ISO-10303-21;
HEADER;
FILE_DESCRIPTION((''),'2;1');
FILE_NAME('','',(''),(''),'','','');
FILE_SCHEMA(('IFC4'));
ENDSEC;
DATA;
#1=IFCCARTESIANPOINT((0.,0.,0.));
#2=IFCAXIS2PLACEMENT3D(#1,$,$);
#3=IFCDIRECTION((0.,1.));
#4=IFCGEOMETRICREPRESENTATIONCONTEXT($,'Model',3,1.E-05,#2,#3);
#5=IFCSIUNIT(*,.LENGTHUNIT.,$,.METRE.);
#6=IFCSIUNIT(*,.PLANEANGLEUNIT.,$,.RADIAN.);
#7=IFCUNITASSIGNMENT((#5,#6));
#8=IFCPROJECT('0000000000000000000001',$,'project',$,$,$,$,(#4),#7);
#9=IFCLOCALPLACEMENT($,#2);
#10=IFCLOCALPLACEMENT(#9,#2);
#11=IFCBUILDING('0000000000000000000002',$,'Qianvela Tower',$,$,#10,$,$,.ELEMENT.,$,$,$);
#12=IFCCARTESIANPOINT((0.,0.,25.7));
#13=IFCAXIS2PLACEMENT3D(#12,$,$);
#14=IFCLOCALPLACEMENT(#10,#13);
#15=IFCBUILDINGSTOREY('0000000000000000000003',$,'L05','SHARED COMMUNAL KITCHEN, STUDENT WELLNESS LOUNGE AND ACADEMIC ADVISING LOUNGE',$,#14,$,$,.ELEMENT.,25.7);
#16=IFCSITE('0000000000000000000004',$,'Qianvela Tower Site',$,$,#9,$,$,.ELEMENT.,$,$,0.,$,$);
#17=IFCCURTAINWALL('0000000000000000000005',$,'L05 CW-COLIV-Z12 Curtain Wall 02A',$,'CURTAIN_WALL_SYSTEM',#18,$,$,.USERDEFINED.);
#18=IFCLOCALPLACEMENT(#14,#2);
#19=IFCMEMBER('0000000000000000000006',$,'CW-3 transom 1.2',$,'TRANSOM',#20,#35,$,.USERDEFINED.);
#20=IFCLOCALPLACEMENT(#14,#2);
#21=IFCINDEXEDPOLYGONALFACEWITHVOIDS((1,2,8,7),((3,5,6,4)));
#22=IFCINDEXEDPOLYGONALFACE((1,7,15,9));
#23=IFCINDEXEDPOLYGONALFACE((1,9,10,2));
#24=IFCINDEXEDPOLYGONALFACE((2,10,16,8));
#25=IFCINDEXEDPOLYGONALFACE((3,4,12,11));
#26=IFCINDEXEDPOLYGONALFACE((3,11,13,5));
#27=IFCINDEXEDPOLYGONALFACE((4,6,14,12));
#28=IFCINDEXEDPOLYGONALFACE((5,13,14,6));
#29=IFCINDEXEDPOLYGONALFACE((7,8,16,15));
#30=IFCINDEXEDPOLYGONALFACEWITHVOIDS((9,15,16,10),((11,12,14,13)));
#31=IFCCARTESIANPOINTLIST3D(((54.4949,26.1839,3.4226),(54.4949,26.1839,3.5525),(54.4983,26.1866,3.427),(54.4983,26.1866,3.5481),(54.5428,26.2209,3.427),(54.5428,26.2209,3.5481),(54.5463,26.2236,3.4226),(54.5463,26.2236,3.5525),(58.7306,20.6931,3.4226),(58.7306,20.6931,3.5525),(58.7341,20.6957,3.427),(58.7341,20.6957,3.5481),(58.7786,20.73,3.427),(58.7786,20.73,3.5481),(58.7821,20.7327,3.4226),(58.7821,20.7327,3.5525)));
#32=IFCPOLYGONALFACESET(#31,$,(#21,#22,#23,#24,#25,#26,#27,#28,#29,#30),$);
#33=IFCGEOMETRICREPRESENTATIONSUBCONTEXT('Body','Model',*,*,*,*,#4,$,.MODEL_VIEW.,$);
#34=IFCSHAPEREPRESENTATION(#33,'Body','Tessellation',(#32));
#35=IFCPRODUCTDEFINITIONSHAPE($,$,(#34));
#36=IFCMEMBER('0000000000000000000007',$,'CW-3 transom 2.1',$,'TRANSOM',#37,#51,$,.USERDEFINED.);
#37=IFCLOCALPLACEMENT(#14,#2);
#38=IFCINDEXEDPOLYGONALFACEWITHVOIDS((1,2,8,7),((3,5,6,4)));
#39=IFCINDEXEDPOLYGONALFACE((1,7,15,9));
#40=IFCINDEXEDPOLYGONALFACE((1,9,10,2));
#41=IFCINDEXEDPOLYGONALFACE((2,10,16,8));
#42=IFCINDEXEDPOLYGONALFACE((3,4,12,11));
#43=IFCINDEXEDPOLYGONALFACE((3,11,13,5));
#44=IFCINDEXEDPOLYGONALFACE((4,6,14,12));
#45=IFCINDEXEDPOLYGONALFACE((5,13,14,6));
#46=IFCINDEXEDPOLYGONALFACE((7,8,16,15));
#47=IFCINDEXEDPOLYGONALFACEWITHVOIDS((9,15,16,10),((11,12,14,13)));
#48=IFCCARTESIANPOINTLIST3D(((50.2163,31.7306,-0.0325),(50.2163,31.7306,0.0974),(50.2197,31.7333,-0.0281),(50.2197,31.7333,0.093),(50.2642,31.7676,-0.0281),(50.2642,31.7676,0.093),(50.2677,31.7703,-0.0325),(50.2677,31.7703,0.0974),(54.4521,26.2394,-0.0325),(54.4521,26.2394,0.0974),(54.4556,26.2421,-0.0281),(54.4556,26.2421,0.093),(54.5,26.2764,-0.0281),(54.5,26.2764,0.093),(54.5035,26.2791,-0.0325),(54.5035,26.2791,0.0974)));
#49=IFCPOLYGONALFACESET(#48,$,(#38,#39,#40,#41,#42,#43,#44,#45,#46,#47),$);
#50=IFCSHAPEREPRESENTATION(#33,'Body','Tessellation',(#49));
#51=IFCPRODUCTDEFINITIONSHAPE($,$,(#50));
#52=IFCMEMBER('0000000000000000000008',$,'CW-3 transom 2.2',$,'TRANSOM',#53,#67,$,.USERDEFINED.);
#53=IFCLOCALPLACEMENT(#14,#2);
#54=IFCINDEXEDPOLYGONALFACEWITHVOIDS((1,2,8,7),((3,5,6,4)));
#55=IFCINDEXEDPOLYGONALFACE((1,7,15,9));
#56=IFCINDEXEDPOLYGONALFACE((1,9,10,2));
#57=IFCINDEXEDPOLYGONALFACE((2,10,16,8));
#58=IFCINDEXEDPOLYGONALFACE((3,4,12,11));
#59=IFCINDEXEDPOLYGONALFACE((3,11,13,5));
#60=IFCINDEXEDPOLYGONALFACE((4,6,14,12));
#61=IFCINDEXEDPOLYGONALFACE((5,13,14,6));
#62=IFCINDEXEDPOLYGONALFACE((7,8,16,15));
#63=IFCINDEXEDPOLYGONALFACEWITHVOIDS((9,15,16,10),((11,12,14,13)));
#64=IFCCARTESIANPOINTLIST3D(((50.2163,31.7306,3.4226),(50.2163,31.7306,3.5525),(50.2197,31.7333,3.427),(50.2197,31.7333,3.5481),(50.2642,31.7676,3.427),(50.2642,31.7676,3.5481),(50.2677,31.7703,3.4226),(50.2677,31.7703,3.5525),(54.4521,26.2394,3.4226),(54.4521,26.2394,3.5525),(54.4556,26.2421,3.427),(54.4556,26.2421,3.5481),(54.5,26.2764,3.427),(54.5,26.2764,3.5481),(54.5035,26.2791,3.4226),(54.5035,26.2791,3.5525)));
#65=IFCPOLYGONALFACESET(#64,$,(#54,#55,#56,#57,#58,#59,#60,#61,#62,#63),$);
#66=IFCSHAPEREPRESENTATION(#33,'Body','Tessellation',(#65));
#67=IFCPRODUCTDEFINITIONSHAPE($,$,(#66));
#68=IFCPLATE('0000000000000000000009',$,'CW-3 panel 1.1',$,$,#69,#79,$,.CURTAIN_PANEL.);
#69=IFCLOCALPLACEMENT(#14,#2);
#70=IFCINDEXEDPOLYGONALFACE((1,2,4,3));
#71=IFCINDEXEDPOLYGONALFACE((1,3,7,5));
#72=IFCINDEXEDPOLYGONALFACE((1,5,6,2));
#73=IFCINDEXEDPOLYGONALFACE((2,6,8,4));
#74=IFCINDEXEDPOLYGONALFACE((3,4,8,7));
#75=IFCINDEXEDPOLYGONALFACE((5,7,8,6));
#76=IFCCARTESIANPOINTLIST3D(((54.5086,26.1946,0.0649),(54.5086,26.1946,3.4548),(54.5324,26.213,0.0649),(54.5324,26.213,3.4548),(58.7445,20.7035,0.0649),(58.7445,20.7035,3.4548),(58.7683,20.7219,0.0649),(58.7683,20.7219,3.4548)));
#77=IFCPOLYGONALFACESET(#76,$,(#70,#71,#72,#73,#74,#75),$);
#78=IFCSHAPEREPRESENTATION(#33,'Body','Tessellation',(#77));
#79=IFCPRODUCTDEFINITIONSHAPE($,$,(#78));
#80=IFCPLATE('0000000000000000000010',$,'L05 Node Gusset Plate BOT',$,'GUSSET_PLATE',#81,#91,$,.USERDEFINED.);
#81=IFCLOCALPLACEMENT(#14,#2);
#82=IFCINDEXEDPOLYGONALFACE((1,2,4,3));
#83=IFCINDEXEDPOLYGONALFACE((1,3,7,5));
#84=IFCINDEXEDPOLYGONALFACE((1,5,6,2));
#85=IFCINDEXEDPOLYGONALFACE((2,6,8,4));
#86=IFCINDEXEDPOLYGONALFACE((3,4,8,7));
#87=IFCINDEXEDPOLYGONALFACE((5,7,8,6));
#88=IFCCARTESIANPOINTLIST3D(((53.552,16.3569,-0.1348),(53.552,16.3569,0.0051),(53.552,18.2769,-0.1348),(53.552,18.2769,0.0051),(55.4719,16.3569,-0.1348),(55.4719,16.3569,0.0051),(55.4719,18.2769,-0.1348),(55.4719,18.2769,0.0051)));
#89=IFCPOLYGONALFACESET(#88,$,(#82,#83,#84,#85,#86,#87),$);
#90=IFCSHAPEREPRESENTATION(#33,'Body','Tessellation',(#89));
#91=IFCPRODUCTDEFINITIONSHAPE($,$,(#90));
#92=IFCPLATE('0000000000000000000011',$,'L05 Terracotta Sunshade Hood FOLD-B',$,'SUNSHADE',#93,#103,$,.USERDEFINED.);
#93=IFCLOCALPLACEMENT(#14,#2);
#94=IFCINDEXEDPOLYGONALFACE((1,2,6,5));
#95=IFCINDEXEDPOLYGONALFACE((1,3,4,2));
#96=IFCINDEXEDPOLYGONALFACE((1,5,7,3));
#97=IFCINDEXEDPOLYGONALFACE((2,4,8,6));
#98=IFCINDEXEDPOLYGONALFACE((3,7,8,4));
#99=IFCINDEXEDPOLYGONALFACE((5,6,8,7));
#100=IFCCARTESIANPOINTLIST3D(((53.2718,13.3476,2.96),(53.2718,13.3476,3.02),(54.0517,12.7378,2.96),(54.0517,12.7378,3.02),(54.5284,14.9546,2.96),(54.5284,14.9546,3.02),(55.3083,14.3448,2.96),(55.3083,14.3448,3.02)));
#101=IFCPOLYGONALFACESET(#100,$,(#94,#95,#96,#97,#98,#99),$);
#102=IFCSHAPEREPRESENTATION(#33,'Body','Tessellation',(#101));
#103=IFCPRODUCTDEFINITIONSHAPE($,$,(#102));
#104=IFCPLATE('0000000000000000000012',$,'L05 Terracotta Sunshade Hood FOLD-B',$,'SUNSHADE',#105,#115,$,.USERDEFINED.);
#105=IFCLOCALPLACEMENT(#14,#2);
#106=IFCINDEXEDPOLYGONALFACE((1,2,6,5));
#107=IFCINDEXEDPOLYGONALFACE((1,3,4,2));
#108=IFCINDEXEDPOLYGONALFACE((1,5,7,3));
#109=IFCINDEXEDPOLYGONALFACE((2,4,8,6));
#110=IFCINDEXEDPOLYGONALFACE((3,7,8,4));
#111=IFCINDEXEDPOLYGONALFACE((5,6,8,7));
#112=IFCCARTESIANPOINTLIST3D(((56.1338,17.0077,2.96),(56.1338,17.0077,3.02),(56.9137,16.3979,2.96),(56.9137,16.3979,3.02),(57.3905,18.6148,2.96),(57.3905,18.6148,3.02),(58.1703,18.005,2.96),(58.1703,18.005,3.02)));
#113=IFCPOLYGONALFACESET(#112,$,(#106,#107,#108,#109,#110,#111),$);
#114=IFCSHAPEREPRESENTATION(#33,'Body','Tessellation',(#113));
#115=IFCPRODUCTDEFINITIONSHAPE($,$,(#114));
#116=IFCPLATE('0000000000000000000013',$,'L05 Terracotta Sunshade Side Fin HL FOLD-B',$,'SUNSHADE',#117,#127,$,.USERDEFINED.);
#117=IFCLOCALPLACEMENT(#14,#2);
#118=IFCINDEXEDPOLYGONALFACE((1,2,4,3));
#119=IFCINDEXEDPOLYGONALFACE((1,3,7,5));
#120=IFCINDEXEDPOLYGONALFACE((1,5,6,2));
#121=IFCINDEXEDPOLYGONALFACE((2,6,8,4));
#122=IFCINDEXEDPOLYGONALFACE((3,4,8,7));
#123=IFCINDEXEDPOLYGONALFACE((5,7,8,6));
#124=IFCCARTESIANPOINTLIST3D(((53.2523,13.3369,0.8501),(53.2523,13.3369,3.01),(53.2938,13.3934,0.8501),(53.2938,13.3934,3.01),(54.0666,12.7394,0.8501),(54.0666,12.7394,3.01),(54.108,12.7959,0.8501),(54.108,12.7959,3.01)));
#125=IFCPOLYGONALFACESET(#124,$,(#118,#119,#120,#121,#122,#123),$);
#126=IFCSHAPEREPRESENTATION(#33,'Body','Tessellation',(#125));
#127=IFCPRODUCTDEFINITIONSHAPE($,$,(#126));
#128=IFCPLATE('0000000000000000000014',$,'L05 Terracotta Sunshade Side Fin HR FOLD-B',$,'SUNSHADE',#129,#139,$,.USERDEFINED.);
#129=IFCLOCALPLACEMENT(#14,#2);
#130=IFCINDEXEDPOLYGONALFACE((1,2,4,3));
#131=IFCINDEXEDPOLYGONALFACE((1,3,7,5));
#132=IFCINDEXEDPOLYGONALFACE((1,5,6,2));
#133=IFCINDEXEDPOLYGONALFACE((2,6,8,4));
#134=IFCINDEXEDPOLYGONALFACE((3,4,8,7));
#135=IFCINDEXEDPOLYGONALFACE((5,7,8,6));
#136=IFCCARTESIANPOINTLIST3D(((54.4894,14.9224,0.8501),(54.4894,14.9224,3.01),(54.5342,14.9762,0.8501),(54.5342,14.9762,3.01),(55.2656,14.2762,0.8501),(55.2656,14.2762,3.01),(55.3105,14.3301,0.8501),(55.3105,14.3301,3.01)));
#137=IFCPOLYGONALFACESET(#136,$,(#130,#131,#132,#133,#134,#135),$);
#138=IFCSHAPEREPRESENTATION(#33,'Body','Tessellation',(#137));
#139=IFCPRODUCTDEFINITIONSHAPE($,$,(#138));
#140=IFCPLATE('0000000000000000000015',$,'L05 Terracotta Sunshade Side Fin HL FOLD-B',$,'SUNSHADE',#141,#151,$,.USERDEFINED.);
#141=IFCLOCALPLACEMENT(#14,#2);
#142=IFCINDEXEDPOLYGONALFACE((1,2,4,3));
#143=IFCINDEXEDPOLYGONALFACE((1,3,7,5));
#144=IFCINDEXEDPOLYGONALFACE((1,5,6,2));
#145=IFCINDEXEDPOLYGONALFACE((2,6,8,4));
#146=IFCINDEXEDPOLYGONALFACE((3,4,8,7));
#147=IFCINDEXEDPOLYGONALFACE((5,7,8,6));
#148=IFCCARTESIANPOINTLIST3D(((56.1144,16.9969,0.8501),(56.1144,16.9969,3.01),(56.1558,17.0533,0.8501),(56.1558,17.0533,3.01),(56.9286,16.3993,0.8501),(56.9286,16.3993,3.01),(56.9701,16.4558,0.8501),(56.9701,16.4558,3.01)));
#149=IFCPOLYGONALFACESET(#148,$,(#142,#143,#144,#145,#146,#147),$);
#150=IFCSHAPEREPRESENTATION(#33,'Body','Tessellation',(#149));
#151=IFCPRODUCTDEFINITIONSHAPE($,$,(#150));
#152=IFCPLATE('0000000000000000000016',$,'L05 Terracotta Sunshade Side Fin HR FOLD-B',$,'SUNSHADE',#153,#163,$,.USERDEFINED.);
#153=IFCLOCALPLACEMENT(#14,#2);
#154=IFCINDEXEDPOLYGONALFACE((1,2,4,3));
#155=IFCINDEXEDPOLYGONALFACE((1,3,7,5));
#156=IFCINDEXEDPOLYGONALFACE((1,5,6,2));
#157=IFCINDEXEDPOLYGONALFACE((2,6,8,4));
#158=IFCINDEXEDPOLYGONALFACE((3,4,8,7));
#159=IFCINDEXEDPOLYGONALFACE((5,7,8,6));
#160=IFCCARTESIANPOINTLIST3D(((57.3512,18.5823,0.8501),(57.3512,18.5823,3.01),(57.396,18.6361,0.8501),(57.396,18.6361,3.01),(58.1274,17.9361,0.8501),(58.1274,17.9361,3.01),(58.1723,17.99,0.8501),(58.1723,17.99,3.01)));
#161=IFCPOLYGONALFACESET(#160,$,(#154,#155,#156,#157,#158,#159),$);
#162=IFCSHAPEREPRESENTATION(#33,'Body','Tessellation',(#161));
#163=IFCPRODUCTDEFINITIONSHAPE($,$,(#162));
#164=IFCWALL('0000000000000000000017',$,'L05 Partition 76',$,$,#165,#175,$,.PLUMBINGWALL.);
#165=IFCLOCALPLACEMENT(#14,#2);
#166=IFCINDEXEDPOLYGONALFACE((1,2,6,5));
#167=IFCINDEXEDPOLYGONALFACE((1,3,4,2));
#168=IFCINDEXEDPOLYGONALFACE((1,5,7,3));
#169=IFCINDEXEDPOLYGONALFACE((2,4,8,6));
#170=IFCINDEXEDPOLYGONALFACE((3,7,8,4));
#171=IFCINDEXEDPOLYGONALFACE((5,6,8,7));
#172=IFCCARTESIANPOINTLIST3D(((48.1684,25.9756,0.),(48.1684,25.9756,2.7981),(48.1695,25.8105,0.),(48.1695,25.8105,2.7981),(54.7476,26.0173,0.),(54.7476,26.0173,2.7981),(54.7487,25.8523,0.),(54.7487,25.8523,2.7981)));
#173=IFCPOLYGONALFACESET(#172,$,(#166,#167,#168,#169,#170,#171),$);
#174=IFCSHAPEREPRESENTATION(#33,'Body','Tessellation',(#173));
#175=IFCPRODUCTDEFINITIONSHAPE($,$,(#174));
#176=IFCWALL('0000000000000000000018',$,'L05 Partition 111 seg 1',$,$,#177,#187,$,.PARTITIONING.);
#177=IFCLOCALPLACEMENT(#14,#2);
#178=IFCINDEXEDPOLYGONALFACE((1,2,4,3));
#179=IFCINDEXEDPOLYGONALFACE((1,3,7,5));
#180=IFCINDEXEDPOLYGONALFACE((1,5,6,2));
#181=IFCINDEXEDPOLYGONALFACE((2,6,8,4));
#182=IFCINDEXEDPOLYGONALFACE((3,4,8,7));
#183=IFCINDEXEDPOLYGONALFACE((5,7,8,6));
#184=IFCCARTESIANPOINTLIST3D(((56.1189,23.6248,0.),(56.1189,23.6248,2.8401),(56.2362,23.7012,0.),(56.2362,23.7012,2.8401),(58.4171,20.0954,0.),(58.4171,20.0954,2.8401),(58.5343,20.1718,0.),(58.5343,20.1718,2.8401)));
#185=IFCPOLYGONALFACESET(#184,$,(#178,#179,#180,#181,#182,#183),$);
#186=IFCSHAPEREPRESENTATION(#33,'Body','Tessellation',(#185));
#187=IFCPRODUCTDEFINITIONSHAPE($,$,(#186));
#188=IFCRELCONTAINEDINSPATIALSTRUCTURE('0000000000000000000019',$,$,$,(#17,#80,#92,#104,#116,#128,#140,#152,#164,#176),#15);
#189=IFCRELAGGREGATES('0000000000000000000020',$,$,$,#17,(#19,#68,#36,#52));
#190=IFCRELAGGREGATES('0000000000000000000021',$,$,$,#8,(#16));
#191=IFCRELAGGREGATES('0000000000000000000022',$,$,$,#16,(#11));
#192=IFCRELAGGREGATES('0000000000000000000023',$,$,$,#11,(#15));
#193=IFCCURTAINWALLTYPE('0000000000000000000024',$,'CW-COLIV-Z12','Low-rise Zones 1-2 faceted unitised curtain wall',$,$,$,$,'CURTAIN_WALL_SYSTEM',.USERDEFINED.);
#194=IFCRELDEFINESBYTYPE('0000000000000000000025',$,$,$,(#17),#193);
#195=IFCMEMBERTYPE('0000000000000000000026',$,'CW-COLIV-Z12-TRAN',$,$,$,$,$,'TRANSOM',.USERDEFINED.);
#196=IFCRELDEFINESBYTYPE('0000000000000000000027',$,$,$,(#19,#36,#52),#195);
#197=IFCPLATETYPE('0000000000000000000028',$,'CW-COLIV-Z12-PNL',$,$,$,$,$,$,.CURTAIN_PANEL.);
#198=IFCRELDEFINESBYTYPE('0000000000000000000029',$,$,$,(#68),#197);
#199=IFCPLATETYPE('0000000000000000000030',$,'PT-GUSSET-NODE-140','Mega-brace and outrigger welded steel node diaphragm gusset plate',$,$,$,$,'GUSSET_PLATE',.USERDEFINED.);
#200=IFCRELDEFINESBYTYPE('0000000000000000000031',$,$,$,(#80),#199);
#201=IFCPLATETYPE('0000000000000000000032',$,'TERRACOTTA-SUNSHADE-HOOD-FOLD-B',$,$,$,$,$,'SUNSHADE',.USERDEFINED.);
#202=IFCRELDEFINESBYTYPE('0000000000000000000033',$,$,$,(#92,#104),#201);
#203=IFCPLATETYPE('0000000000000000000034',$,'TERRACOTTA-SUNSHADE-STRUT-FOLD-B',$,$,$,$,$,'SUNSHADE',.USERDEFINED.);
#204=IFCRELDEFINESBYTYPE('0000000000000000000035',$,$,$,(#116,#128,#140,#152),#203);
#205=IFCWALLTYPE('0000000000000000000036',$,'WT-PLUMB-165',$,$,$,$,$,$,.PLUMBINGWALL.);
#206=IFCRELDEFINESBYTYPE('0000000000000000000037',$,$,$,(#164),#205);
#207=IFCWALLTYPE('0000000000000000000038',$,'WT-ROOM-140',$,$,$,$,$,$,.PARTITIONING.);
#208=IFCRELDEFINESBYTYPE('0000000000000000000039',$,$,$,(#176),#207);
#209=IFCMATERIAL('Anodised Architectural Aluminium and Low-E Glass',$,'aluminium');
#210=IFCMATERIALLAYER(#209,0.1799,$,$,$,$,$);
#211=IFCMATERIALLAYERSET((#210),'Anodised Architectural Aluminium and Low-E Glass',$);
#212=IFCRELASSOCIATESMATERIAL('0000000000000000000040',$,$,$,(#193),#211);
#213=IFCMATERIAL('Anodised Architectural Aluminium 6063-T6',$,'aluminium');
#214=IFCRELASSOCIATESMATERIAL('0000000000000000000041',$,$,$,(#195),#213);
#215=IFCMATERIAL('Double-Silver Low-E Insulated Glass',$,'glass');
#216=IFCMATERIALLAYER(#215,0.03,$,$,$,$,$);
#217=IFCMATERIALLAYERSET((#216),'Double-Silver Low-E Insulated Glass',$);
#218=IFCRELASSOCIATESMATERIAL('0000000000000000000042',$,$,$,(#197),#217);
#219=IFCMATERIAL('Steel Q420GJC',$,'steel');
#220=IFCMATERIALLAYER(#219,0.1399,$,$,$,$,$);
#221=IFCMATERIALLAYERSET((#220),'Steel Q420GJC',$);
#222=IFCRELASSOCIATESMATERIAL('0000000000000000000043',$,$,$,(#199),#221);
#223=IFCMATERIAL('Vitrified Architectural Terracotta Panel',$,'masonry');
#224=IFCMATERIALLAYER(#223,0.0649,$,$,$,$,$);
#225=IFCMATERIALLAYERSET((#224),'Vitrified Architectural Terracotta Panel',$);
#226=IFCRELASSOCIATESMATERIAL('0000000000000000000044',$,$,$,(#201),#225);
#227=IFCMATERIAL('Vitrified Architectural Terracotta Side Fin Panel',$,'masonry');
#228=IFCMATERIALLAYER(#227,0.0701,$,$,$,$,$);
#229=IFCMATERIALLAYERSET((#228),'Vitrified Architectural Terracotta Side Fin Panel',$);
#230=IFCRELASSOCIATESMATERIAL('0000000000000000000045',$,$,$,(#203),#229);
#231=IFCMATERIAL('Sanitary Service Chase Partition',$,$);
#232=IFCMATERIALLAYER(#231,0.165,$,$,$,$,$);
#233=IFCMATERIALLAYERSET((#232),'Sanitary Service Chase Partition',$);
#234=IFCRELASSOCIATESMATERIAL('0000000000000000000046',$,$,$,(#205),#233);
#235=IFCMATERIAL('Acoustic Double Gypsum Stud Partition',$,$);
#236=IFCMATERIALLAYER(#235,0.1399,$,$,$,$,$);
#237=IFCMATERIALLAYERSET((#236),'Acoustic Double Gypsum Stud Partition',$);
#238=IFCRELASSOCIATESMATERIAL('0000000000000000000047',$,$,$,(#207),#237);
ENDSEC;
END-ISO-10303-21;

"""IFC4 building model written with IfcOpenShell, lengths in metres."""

from ifc_helpers import new_model, si_unit, direction, frame, frame_2d, origin, origin_2d, place, context, subcontext, project, spatial, rectangle, hollow_rectangle, extrude, material, layer, layer_set, material_profile, profile_set, type_object, element, aggregate, save


model = new_model("IFC4")

# Units and contexts
model_context = context("Model", 3, precision=1e-05, world=origin(), true_north=direction((0.0, 1.0)))
body_context = subcontext(model_context, "Body", "Model", "MODEL_VIEW")
ifc_project = project(units=[si_unit("LENGTHUNIT", "METRE"), si_unit("PLANEANGLEUNIT", "RADIAN")], contexts=[model_context])

# Site, building, storey
site_placement = place(None, origin())
site = spatial("IfcSite", under=ifc_project, at=site_placement, Name="Qianvela Tower Site", CompositionType="ELEMENT", RefElevation=0.0)
building_placement = place(site_placement, origin())
building = spatial("IfcBuilding", under=site, at=building_placement, Name="Qianvela Tower", CompositionType="ELEMENT")
storey_placement = place(building_placement, frame((0.0, 0.0, 25.7)))
storey = spatial("IfcBuildingStorey", under=building, at=storey_placement, Name="L05", Description="SHARED COMMUNAL KITCHEN, STUDENT WELLNESS LOUNGE AND ACADEMIC ADVISING LOUNGE", CompositionType="ELEMENT", Elevation=25.7)

# Curtain wall, members, plate
ifc_material_1 = material(Name="Anodised Architectural Aluminium and Low-E Glass", Category="aluminium")
ifc_layer_1 = layer(ifc_material_1, 0.1799)
ifc_layer_set_1 = layer_set([ifc_layer_1], Name="Anodised Architectural Aluminium and Low-E Glass")
curtain_wall_type = type_object("IfcCurtainWallType", Name="CW-COLIV-Z12", Description="Low-rise Zones 1-2 faceted unitised curtain wall", ElementType="CURTAIN_WALL_SYSTEM", PredefinedType="USERDEFINED", material=ifc_layer_set_1)
curtain_wall_placement = place(storey_placement, origin())
curtain_wall = element("IfcCurtainWall", 1, at=curtain_wall_placement, inside=storey, type_object=curtain_wall_type, Name="L05 CW-COLIV-Z12 Curtain Wall 02A", ObjectType="CURTAIN_WALL_SYSTEM", PredefinedType="USERDEFINED")
ifc_material_2 = material(Name="Anodised Architectural Aluminium 6063-T6", Category="aluminium")
ifc_material_profile_1 = material_profile(ifc_material_2, hollow_rectangle(XDim=0.0649, YDim=0.1299, WallThickness=0.0044, at=origin_2d()), Name="ALU-TRAN-65x130")
ifc_profile_set_1 = profile_set([ifc_material_profile_1], Name="Anodised Architectural Aluminium 6063-T6")
member_type_1 = type_object("IfcMemberType", Name="CW-COLIV-Z12-TRAN", ElementType="TRANSOM", PredefinedType="USERDEFINED", material=ifc_profile_set_1)
member_1_placement = place(storey_placement, frame((58.7563, 20.7129, 3.4875), z_axis=(-0.610799, 0.791786, 0.0), x_axis=(-0.791786, -0.610799, 0.0)))
member_1 = element("IfcMember", 2, at=member_1_placement, type_object=member_type_1, Name="CW-3 transom 1.2", ObjectType="TRANSOM", PredefinedType="USERDEFINED", context=body_context, shape_type="SweptSolid", body=[
    extrude(hollow_rectangle(XDim=0.0649, YDim=0.1299, WallThickness=0.0044, at=origin_2d()), origin(), (0.0, 0.0, 1.0), 6.9348),
])
member_2_placement = place(storey_placement, frame((54.4778, 26.2593, 0.0325), z_axis=(-0.610782, 0.791799, 0.0), x_axis=(-0.791799, -0.610782, 0.0)))
member_2 = element("IfcMember", 3, at=member_2_placement, type_object=member_type_1, Name="CW-3 transom 2.1", ObjectType="TRANSOM", PredefinedType="USERDEFINED", context=body_context, shape_type="SweptSolid", body=[
    extrude(hollow_rectangle(XDim=0.0649, YDim=0.1299, WallThickness=0.0044, at=origin_2d()), origin(), (0.0, 0.0, 1.0), 6.9351),
])
member_3_placement = place(storey_placement, frame((54.4778, 26.2593, 3.4875), z_axis=(-0.610782, 0.791799, 0.0), x_axis=(-0.791799, -0.610782, 0.0)))
member_3 = element("IfcMember", 4, at=member_3_placement, type_object=member_type_1, Name="CW-3 transom 2.2", ObjectType="TRANSOM", PredefinedType="USERDEFINED", context=body_context, shape_type="SweptSolid", body=[
    extrude(hollow_rectangle(XDim=0.0649, YDim=0.1299, WallThickness=0.0044, at=origin_2d()), origin(), (0.0, 0.0, 1.0), 6.9351),
])
ifc_material_3 = material(Name="Double-Silver Low-E Insulated Glass", Category="glass")
ifc_layer_2 = layer(ifc_material_3, 0.03)
ifc_layer_set_2 = layer_set([ifc_layer_2], Name="Double-Silver Low-E Insulated Glass")
plate_type_1 = type_object("IfcPlateType", Name="CW-COLIV-Z12-PNL", PredefinedType="CURTAIN_PANEL", material=ifc_layer_set_2)
plate_1_placement = place(storey_placement, frame((56.6384, 23.4583, 0.0649), z_axis=(0.0, 0.0, 1.0), x_axis=(-0.610795, 0.791789, 0.0)))
plate_1 = element("IfcPlate", 5, at=plate_1_placement, type_object=plate_type_1, Name="CW-3 panel 1.1", PredefinedType="CURTAIN_PANEL", context=body_context, shape_type="SweptSolid", body=[
    extrude(rectangle(XDim=6.9351, YDim=0.03, at=origin_2d()), origin(), (0.0, 0.0, 1.0), 3.3899),
])
aggregate(curtain_wall, [member_1, plate_1, member_2, member_3])

# Plates
ifc_material_4 = material(Name="Steel Q420GJC", Category="steel")
ifc_layer_3 = layer(ifc_material_4, 0.1399)
ifc_layer_set_3 = layer_set([ifc_layer_3], Name="Steel Q420GJC")
plate_type_2 = type_object("IfcPlateType", Name="PT-GUSSET-NODE-140", Description="Mega-brace and outrigger welded steel node diaphragm gusset plate", ElementType="GUSSET_PLATE", PredefinedType="USERDEFINED", material=ifc_layer_set_3)
plate_2_placement = place(storey_placement, frame((54.512, 17.3169, -0.1348), z_axis=(0.0, 0.0, 1.0), x_axis=(1.0, 0.0, 0.0)))
element("IfcPlate", 6, at=plate_2_placement, inside=storey, type_object=plate_type_2, Name="L05 Node Gusset Plate BOT", ObjectType="GUSSET_PLATE", PredefinedType="USERDEFINED", context=body_context, shape_type="SweptSolid", body=[
    extrude(rectangle(XDim=1.9199, YDim=1.9199, at=origin_2d()), origin(), (0.0, 0.0, 1.0), 0.1399),
])
ifc_material_5 = material(Name="Vitrified Architectural Terracotta Panel", Category="masonry")
ifc_layer_4 = layer(ifc_material_5, 0.0649)
ifc_layer_set_4 = layer_set([ifc_layer_4], Name="Vitrified Architectural Terracotta Panel")
plate_type_3 = type_object("IfcPlateType", Name="TERRACOTTA-SUNSHADE-HOOD-FOLD-B", ElementType="SUNSHADE", PredefinedType="USERDEFINED", material=ifc_layer_set_4)
for number, where, z_axis, x_axis, name in (
    (7, (54.29, 13.8462, 2.96), (0.0, 0.0, 1.0), (0.615981, 0.787761, 0.0), "L05 Terracotta Sunshade Hood FOLD-B"),
    (8, (57.1521, 17.5063, 2.96), (0.0, 0.0, 1.0), (0.615981, 0.787761, 0.0), "L05 Terracotta Sunshade Hood FOLD-B"),
):
    element("IfcPlate", number, at=place(storey_placement, frame(where, z_axis=z_axis, x_axis=x_axis)), inside=storey, type_object=plate_type_3, Name=name, ObjectType="SUNSHADE", PredefinedType="USERDEFINED", context=body_context, shape_type="SweptSolid", body=[
        extrude(rectangle(XDim=2.04, YDim=0.99, at=origin_2d()), origin(), (0.0, 0.0, 1.0), 0.0601),
    ])
ifc_material_6 = material(Name="Vitrified Architectural Terracotta Side Fin Panel", Category="masonry")
ifc_layer_5 = layer(ifc_material_6, 0.0701)
ifc_layer_set_5 = layer_set([ifc_layer_5], Name="Vitrified Architectural Terracotta Side Fin Panel")
plate_type_4 = type_object("IfcPlateType", Name="TERRACOTTA-SUNSHADE-STRUT-FOLD-B", ElementType="SUNSHADE", PredefinedType="USERDEFINED", material=ifc_layer_set_5)
for number, where, z_axis, x_axis, name in (
    (9, (53.6802, 13.0664, 0.8501), (0.0, 0.0, 1.0), (0.591636, 0.806205, 0.0), "L05 Terracotta Sunshade Side Fin HL FOLD-B"),
    (10, (54.8999, 14.6262, 0.8501), (0.0, 0.0, 1.0), (0.63975, 0.768583, 0.0), "L05 Terracotta Sunshade Side Fin HR FOLD-B"),
    (11, (56.5422, 16.7263, 0.8501), (0.0, 0.0, 1.0), (0.591636, 0.806205, 0.0), "L05 Terracotta Sunshade Side Fin HL FOLD-B"),
    (12, (57.7617, 18.2861, 0.8501), (0.0, 0.0, 1.0), (0.63975, 0.768583, 0.0), "L05 Terracotta Sunshade Side Fin HR FOLD-B"),
):
    element("IfcPlate", number, at=place(storey_placement, frame(where, z_axis=z_axis, x_axis=x_axis)), inside=storey, type_object=plate_type_4, Name=name, ObjectType="SUNSHADE", PredefinedType="USERDEFINED", context=body_context, shape_type="SweptSolid", body=[
        extrude(rectangle(XDim=0.0701, YDim=1.01, at=origin_2d()), origin(), (0.0, 0.0, 1.0), 2.1599),
    ])

# Walls
ifc_material_7 = material(Name="Sanitary Service Chase Partition")
ifc_layer_6 = layer(ifc_material_7, 0.165)
ifc_layer_set_6 = layer_set([ifc_layer_6], Name="Sanitary Service Chase Partition")
wall_type_1 = type_object("IfcWallType", Name="WT-PLUMB-165", PredefinedType="PLUMBINGWALL", material=ifc_layer_set_6)
wall_1_placement = place(storey_placement, frame((54.748, 25.9348, 0.0), z_axis=(0.0, 0.0, 1.0), x_axis=(-0.99998, -0.006345, 0.0)))
element("IfcWall", 13, at=wall_1_placement, inside=storey, type_object=wall_type_1, Name="L05 Partition 76", PredefinedType="PLUMBINGWALL", context=body_context, shape_type="SweptSolid", body=[
    extrude(rectangle(XDim=6.5793, YDim=0.165, at=frame_2d((3.2896, 0.0))), origin(), (0.0, 0.0, 1.0), 2.7981),
])
ifc_material_8 = material(Name="Acoustic Double Gypsum Stud Partition")
ifc_layer_7 = layer(ifc_material_8, 0.1399)
ifc_layer_set_7 = layer_set([ifc_layer_7], Name="Acoustic Double Gypsum Stud Partition")
wall_type_2 = type_object("IfcWallType", Name="WT-ROOM-140", PredefinedType="PARTITIONING", material=ifc_layer_set_7)
wall_2_placement = place(storey_placement, frame((56.1775, 23.6631, 0.0), z_axis=(0.0, 0.0, 1.0), x_axis=(0.545665, -0.838004, 0.0)))
element("IfcWall", 14, at=wall_2_placement, inside=storey, type_object=wall_type_2, Name="L05 Partition 111 seg 1", PredefinedType="PARTITIONING", context=body_context, shape_type="SweptSolid", body=[
    extrude(rectangle(XDim=4.2117, YDim=0.1399, at=frame_2d((2.106, 0.0))), origin(), (0.0, 0.0, 1.0), 2.8401),
])

save(model, "model.ifc")
